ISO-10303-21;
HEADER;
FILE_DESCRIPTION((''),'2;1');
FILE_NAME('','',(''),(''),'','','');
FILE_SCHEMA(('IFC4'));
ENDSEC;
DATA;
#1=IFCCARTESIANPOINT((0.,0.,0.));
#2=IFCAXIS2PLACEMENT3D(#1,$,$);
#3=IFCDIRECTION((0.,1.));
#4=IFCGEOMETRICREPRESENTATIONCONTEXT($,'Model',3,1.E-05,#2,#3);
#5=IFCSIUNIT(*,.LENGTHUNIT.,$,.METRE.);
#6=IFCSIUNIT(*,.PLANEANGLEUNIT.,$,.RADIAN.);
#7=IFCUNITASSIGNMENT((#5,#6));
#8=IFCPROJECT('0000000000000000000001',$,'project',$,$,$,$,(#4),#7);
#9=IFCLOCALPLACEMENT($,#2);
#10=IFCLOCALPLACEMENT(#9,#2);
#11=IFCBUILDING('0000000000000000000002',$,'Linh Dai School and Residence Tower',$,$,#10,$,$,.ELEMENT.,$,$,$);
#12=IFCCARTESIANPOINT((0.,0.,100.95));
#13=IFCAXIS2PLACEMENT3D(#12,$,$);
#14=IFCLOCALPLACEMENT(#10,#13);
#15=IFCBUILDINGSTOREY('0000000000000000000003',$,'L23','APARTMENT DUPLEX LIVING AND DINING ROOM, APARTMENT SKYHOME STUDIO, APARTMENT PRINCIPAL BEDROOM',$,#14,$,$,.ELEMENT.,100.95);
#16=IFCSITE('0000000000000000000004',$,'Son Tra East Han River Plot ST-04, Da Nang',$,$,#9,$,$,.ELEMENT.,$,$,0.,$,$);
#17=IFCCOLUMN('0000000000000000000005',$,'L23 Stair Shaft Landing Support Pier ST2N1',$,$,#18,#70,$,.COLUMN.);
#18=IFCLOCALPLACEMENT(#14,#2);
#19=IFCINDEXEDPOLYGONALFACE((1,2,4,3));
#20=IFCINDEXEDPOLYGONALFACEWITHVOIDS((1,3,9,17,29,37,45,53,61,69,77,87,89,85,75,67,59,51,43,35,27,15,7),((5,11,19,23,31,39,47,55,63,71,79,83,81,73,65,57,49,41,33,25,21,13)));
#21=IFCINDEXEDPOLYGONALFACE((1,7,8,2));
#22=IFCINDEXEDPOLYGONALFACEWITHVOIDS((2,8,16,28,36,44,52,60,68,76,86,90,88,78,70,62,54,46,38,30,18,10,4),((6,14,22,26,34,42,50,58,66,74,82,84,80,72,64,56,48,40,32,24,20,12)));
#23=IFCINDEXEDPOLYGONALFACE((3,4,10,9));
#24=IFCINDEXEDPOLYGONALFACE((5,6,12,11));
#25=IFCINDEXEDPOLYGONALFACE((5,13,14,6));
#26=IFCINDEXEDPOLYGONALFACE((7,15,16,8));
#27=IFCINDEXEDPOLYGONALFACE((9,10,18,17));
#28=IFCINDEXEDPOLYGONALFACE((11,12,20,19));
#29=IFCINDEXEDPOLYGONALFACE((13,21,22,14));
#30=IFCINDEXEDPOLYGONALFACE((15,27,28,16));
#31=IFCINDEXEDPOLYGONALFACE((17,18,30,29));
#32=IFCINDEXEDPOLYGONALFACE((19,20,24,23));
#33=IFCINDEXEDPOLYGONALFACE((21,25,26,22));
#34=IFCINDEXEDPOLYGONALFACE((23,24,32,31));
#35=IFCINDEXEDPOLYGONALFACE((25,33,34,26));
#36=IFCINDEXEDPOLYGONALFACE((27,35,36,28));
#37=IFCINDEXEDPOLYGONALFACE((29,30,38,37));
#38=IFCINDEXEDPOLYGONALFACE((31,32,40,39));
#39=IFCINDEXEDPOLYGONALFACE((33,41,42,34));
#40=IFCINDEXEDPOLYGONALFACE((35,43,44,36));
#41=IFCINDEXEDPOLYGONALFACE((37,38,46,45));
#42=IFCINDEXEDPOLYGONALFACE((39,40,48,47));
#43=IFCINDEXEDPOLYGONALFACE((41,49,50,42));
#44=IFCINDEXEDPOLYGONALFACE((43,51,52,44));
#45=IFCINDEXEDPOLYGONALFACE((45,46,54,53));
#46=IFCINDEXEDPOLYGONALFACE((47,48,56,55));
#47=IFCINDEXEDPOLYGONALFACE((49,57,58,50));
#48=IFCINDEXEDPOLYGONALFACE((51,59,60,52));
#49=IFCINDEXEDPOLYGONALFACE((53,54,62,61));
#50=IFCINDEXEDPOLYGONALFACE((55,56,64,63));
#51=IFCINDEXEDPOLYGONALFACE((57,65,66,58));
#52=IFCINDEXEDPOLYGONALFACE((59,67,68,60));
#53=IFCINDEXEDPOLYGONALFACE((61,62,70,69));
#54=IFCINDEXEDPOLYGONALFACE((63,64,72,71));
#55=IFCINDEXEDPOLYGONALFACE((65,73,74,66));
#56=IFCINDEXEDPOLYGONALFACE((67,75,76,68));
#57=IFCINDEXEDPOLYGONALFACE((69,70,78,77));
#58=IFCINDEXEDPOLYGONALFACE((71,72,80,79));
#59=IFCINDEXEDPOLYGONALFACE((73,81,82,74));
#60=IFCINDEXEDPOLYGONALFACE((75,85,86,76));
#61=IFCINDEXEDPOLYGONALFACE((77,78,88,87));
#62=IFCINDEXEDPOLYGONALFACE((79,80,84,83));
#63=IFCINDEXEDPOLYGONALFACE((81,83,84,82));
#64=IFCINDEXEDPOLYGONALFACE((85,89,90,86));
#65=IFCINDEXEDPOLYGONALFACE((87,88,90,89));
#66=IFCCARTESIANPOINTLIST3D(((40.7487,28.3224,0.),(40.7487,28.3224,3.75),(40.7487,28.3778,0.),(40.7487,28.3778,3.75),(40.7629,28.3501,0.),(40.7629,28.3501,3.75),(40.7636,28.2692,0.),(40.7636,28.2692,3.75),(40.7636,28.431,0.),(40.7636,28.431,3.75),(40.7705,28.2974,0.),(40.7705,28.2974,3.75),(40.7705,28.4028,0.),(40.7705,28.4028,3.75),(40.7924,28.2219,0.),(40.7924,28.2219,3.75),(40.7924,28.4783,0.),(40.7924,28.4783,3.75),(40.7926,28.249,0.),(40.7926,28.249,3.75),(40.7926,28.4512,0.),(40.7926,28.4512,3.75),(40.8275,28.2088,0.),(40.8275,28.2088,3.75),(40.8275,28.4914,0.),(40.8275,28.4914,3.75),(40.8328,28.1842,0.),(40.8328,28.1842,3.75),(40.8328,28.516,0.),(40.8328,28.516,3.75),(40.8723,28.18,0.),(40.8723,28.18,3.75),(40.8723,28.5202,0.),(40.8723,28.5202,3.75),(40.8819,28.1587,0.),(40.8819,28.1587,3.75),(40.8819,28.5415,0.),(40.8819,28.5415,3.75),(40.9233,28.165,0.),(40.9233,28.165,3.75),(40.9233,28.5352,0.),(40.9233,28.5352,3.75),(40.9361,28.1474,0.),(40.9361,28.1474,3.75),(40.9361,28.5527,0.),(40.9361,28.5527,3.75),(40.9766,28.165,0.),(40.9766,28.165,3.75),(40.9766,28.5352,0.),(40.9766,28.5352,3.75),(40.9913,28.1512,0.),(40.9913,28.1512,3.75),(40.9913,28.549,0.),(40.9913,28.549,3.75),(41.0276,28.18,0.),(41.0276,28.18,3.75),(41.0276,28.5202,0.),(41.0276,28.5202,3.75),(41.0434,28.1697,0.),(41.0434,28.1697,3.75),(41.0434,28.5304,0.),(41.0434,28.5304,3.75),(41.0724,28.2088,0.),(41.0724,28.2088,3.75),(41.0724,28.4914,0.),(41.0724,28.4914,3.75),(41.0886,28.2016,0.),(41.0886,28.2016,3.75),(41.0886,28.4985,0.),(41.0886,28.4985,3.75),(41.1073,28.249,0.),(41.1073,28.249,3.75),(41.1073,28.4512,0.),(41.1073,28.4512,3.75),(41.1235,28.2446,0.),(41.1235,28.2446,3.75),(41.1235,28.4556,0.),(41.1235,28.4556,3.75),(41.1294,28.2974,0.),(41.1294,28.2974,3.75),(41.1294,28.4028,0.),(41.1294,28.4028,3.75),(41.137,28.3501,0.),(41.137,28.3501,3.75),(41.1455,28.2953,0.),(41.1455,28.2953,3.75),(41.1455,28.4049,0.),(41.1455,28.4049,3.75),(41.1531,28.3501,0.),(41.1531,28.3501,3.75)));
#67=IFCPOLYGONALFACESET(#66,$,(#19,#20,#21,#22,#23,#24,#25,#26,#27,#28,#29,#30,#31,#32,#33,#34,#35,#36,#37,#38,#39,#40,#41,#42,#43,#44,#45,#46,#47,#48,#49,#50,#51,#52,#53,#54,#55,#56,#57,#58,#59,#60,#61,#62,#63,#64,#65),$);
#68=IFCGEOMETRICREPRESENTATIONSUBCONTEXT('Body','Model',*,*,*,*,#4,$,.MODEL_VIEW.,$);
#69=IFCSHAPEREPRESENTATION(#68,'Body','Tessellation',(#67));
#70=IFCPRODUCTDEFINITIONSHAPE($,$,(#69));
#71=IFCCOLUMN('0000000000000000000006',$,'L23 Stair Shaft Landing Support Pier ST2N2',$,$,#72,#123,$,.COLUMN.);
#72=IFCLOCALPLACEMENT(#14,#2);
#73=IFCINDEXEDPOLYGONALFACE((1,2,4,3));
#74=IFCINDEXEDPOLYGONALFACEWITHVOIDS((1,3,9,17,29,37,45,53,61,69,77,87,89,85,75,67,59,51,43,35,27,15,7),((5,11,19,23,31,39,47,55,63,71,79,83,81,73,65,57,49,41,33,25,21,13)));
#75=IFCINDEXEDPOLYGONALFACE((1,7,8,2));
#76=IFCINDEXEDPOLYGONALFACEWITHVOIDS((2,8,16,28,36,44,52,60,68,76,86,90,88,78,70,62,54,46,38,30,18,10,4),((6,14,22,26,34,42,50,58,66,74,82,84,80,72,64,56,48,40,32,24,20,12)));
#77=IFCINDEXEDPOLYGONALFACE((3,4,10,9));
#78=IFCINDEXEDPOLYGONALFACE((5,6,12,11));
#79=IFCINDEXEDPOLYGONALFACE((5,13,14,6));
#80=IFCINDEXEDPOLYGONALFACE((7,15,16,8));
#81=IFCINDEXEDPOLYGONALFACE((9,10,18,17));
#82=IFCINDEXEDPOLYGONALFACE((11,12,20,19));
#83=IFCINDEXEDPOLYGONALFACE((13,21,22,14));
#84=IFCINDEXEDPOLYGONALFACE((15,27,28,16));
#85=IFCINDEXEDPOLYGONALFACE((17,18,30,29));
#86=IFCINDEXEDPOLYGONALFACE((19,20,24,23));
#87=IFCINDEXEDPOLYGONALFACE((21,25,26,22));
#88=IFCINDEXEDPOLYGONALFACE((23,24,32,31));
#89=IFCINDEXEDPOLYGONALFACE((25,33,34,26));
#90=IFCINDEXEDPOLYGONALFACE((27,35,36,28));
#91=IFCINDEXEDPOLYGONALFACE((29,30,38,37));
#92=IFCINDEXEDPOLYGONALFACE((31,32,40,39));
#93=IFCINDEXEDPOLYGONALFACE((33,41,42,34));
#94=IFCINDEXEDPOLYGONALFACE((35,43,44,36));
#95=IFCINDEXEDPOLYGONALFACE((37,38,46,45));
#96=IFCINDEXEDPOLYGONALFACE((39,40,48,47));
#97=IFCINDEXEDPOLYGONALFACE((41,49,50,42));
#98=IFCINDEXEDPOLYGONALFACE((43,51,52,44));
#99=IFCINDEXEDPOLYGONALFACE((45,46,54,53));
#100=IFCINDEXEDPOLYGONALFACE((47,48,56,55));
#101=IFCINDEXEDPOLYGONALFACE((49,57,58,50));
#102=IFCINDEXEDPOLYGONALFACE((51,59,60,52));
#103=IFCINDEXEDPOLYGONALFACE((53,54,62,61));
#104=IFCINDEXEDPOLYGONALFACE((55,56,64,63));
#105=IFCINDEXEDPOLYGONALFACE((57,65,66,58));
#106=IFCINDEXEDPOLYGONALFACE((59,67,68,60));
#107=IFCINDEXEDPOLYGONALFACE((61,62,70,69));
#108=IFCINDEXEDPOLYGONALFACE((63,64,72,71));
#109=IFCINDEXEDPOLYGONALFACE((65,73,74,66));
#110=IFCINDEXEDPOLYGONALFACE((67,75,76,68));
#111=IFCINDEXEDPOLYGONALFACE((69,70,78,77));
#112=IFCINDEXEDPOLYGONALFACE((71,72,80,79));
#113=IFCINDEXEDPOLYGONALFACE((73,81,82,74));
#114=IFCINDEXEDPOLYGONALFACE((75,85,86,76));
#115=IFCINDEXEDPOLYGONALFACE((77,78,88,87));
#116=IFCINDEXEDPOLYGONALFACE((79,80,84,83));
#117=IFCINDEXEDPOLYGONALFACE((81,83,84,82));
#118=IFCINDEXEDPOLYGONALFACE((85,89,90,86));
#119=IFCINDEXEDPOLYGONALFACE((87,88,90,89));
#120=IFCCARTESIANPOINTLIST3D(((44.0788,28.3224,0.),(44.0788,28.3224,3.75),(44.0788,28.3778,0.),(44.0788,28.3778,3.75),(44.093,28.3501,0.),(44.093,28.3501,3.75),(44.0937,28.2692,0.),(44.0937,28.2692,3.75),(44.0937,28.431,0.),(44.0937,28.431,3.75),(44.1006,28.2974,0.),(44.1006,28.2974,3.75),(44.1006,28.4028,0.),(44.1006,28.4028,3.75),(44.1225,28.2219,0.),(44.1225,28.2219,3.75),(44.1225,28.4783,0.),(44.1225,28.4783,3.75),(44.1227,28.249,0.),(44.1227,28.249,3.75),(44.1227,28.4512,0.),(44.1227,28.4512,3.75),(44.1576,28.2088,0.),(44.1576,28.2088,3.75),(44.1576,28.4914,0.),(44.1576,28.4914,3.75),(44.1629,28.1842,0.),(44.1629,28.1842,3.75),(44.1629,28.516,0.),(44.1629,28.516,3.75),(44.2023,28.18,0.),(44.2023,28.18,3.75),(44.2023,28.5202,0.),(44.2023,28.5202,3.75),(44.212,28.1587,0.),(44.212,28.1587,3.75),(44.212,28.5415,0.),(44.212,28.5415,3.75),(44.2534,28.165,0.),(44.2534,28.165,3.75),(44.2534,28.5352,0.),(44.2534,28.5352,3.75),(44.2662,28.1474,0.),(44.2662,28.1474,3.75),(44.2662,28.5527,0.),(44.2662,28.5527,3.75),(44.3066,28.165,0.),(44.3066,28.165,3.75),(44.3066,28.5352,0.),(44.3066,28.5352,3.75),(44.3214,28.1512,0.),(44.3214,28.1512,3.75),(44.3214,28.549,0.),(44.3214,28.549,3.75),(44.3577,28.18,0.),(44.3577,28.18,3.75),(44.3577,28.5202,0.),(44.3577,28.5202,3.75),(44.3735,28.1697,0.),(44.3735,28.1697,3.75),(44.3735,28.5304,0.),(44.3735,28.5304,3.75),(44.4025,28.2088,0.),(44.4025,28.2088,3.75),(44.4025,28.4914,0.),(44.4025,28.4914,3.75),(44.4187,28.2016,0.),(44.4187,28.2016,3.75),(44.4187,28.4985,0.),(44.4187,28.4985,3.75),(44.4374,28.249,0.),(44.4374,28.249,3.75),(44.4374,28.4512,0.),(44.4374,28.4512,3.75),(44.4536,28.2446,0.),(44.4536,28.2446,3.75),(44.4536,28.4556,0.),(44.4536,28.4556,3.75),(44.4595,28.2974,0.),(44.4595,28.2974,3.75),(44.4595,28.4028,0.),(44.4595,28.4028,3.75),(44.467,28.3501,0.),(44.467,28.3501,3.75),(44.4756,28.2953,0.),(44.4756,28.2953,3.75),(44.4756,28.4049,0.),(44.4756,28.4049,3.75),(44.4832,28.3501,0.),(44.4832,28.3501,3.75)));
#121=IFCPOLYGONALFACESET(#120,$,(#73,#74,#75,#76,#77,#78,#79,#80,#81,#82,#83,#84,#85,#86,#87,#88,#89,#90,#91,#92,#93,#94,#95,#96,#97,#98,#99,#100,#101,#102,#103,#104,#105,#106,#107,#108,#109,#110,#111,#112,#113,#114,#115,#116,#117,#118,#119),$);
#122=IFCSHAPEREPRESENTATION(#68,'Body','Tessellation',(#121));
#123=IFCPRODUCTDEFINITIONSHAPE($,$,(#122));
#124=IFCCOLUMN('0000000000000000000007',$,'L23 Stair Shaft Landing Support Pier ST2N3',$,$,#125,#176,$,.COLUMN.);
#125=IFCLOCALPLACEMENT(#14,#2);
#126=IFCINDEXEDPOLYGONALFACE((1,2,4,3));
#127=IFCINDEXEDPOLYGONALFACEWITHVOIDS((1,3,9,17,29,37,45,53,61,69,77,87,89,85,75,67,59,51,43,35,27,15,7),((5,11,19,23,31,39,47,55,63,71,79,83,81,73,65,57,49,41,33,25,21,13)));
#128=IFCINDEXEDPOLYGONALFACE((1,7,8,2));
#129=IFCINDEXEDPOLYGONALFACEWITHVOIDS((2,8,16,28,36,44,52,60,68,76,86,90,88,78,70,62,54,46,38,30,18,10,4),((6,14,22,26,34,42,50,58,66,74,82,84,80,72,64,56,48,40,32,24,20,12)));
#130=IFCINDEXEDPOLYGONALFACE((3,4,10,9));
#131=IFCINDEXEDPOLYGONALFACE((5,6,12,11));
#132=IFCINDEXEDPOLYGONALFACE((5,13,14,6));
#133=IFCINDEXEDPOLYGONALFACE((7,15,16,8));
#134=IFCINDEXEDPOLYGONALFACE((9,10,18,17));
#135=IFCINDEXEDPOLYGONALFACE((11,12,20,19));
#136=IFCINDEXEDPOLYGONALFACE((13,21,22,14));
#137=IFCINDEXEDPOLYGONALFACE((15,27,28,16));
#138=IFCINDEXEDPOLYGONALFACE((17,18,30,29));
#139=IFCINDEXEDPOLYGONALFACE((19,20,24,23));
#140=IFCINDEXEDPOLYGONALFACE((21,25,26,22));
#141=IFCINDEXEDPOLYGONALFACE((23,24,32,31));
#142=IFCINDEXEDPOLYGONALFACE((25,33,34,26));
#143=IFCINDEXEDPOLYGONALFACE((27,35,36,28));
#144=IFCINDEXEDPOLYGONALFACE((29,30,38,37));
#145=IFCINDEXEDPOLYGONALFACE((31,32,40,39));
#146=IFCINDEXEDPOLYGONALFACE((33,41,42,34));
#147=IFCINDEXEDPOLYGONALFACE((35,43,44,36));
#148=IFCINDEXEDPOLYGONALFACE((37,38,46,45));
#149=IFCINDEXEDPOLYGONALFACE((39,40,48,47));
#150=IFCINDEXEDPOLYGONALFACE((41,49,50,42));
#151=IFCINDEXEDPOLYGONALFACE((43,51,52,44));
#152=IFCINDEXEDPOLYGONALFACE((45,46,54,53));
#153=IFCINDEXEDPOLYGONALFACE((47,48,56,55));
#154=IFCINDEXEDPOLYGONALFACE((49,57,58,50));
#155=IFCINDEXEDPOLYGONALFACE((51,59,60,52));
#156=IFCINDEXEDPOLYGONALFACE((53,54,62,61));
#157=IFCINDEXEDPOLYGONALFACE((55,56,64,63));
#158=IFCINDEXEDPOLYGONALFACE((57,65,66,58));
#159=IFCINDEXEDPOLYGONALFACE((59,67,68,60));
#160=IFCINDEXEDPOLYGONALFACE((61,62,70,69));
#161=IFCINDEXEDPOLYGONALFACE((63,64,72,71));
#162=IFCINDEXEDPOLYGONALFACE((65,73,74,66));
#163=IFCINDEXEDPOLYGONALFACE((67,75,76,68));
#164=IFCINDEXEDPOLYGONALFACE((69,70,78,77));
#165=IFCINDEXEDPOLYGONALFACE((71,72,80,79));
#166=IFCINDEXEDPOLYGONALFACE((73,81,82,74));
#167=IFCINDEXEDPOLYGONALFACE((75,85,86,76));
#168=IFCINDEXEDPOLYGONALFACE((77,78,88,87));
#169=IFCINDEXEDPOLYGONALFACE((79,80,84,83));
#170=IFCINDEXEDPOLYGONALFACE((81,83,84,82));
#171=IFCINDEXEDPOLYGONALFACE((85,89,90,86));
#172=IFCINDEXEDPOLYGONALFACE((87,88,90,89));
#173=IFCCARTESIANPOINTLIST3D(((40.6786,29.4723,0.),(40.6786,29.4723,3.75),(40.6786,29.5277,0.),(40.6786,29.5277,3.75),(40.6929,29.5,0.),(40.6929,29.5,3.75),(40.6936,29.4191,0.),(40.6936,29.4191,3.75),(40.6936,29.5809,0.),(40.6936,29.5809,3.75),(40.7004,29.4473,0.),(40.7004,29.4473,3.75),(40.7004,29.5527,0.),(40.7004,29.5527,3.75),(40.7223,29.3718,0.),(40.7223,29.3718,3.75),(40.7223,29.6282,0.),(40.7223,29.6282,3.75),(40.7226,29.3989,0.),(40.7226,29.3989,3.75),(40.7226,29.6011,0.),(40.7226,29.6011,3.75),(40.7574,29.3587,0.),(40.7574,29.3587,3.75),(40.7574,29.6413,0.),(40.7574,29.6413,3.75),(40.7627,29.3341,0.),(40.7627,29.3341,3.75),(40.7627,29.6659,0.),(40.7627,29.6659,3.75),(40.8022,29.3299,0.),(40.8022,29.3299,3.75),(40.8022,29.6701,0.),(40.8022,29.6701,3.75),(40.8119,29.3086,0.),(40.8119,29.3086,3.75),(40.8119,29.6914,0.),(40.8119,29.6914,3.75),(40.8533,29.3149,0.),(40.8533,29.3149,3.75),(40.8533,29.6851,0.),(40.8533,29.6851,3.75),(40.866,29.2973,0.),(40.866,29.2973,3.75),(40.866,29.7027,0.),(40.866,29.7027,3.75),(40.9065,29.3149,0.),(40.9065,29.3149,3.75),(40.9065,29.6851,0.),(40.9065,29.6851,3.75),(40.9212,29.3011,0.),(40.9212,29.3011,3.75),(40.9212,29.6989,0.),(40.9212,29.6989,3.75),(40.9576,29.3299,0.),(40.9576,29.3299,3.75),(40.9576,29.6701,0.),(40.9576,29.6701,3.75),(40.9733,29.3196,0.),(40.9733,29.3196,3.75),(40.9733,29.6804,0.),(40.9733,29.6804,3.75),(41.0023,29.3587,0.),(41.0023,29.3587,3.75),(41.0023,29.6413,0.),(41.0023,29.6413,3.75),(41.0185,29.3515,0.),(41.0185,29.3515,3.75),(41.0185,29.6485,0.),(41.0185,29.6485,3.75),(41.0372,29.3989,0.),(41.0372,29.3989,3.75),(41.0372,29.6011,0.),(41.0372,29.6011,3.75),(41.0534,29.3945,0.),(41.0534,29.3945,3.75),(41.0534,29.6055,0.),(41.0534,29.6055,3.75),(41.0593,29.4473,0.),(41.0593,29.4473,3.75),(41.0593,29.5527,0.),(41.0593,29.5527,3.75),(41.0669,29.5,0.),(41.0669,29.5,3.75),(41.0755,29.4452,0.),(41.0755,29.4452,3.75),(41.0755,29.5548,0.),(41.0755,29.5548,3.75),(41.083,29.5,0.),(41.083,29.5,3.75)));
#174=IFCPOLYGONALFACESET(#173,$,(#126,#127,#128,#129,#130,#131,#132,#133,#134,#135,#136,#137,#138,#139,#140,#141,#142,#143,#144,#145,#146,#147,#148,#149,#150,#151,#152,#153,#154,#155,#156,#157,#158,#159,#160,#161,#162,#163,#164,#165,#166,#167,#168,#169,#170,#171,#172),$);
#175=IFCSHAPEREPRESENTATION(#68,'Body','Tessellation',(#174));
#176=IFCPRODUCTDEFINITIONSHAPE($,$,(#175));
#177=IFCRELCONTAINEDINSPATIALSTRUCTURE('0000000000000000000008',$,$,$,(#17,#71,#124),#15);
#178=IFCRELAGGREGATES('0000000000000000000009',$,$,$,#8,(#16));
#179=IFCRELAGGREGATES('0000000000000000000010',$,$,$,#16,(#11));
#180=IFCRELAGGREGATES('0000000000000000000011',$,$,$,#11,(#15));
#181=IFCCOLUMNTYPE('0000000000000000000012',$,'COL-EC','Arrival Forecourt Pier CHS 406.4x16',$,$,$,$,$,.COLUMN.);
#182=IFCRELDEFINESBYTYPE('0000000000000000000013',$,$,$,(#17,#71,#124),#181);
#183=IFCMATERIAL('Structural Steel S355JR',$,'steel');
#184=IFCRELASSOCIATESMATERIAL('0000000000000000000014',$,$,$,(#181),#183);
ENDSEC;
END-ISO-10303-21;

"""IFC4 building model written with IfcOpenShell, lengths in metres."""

from ifc_helpers import new_model, si_unit, direction, frame, origin, origin_2d, place, context, subcontext, project, spatial, hollow_circle, extrude, material, material_profile, profile_set, type_object, element, save


model = new_model("IFC4")

# Units and contexts
model_context = context("Model", 3, precision=1e-05, world=origin(), true_north=direction((0.0, 1.0)))
body_context = subcontext(model_context, "Body", "Model", "MODEL_VIEW")
ifc_project = project(units=[si_unit("LENGTHUNIT", "METRE"), si_unit("PLANEANGLEUNIT", "RADIAN")], contexts=[model_context])

# Site, building, storey
site_placement = place(None, origin())
site = spatial("IfcSite", under=ifc_project, at=site_placement, Name="Son Tra East Han River Plot ST-04, Da Nang", CompositionType="ELEMENT", RefElevation=0.0)
building_placement = place(site_placement, origin())
building = spatial("IfcBuilding", under=site, at=building_placement, Name="Linh Dai School and Residence Tower", CompositionType="ELEMENT")
storey_placement = place(building_placement, frame((0.0, 0.0, 100.95)))
storey = spatial("IfcBuildingStorey", under=building, at=storey_placement, Name="L23", Description="APARTMENT DUPLEX LIVING AND DINING ROOM, APARTMENT SKYHOME STUDIO, APARTMENT PRINCIPAL BEDROOM", CompositionType="ELEMENT", Elevation=100.95)

# Columns
ifc_material_1 = material(Name="Structural Steel S355JR", Category="steel")
ifc_material_profile_1 = material_profile(ifc_material_1, hollow_circle(Radius=0.2031, WallThickness=0.0161, at=origin_2d()), Name="CHS 406.4x16")
ifc_profile_set_1 = profile_set([ifc_material_profile_1], Name="Structural Steel S355JR")
column_type_1 = type_object("IfcColumnType", Name="COL-EC", Description="Arrival Forecourt Pier CHS 406.4x16", PredefinedType="COLUMN", material=ifc_profile_set_1)
for number, where, z_axis, x_axis, name in (
    (1, (40.95, 28.3501, 0.0), (0.0, 0.0, 1.0), (1.0, 0.0, 0.0), "L23 Stair Shaft Landing Support Pier ST2N1"),
    (2, (44.28, 28.3501, 0.0), (0.0, 0.0, 1.0), (1.0, 0.0, 0.0), "L23 Stair Shaft Landing Support Pier ST2N2"),
    (3, (40.8799, 29.5, 0.0), (0.0, 0.0, 1.0), (1.0, 0.0, 0.0), "L23 Stair Shaft Landing Support Pier ST2N3"),
):
    element("IfcColumn", number, at=place(storey_placement, frame(where, z_axis=z_axis, x_axis=x_axis)), inside=storey, type_object=column_type_1, Name=name, PredefinedType="COLUMN", context=body_context, shape_type="SweptSolid", body=[
        extrude(hollow_circle(Radius=0.2031, WallThickness=0.0161, at=origin_2d()), origin(), (0.0, 0.0, 1.0), 3.75),
    ])

save(model, "model.ifc")
